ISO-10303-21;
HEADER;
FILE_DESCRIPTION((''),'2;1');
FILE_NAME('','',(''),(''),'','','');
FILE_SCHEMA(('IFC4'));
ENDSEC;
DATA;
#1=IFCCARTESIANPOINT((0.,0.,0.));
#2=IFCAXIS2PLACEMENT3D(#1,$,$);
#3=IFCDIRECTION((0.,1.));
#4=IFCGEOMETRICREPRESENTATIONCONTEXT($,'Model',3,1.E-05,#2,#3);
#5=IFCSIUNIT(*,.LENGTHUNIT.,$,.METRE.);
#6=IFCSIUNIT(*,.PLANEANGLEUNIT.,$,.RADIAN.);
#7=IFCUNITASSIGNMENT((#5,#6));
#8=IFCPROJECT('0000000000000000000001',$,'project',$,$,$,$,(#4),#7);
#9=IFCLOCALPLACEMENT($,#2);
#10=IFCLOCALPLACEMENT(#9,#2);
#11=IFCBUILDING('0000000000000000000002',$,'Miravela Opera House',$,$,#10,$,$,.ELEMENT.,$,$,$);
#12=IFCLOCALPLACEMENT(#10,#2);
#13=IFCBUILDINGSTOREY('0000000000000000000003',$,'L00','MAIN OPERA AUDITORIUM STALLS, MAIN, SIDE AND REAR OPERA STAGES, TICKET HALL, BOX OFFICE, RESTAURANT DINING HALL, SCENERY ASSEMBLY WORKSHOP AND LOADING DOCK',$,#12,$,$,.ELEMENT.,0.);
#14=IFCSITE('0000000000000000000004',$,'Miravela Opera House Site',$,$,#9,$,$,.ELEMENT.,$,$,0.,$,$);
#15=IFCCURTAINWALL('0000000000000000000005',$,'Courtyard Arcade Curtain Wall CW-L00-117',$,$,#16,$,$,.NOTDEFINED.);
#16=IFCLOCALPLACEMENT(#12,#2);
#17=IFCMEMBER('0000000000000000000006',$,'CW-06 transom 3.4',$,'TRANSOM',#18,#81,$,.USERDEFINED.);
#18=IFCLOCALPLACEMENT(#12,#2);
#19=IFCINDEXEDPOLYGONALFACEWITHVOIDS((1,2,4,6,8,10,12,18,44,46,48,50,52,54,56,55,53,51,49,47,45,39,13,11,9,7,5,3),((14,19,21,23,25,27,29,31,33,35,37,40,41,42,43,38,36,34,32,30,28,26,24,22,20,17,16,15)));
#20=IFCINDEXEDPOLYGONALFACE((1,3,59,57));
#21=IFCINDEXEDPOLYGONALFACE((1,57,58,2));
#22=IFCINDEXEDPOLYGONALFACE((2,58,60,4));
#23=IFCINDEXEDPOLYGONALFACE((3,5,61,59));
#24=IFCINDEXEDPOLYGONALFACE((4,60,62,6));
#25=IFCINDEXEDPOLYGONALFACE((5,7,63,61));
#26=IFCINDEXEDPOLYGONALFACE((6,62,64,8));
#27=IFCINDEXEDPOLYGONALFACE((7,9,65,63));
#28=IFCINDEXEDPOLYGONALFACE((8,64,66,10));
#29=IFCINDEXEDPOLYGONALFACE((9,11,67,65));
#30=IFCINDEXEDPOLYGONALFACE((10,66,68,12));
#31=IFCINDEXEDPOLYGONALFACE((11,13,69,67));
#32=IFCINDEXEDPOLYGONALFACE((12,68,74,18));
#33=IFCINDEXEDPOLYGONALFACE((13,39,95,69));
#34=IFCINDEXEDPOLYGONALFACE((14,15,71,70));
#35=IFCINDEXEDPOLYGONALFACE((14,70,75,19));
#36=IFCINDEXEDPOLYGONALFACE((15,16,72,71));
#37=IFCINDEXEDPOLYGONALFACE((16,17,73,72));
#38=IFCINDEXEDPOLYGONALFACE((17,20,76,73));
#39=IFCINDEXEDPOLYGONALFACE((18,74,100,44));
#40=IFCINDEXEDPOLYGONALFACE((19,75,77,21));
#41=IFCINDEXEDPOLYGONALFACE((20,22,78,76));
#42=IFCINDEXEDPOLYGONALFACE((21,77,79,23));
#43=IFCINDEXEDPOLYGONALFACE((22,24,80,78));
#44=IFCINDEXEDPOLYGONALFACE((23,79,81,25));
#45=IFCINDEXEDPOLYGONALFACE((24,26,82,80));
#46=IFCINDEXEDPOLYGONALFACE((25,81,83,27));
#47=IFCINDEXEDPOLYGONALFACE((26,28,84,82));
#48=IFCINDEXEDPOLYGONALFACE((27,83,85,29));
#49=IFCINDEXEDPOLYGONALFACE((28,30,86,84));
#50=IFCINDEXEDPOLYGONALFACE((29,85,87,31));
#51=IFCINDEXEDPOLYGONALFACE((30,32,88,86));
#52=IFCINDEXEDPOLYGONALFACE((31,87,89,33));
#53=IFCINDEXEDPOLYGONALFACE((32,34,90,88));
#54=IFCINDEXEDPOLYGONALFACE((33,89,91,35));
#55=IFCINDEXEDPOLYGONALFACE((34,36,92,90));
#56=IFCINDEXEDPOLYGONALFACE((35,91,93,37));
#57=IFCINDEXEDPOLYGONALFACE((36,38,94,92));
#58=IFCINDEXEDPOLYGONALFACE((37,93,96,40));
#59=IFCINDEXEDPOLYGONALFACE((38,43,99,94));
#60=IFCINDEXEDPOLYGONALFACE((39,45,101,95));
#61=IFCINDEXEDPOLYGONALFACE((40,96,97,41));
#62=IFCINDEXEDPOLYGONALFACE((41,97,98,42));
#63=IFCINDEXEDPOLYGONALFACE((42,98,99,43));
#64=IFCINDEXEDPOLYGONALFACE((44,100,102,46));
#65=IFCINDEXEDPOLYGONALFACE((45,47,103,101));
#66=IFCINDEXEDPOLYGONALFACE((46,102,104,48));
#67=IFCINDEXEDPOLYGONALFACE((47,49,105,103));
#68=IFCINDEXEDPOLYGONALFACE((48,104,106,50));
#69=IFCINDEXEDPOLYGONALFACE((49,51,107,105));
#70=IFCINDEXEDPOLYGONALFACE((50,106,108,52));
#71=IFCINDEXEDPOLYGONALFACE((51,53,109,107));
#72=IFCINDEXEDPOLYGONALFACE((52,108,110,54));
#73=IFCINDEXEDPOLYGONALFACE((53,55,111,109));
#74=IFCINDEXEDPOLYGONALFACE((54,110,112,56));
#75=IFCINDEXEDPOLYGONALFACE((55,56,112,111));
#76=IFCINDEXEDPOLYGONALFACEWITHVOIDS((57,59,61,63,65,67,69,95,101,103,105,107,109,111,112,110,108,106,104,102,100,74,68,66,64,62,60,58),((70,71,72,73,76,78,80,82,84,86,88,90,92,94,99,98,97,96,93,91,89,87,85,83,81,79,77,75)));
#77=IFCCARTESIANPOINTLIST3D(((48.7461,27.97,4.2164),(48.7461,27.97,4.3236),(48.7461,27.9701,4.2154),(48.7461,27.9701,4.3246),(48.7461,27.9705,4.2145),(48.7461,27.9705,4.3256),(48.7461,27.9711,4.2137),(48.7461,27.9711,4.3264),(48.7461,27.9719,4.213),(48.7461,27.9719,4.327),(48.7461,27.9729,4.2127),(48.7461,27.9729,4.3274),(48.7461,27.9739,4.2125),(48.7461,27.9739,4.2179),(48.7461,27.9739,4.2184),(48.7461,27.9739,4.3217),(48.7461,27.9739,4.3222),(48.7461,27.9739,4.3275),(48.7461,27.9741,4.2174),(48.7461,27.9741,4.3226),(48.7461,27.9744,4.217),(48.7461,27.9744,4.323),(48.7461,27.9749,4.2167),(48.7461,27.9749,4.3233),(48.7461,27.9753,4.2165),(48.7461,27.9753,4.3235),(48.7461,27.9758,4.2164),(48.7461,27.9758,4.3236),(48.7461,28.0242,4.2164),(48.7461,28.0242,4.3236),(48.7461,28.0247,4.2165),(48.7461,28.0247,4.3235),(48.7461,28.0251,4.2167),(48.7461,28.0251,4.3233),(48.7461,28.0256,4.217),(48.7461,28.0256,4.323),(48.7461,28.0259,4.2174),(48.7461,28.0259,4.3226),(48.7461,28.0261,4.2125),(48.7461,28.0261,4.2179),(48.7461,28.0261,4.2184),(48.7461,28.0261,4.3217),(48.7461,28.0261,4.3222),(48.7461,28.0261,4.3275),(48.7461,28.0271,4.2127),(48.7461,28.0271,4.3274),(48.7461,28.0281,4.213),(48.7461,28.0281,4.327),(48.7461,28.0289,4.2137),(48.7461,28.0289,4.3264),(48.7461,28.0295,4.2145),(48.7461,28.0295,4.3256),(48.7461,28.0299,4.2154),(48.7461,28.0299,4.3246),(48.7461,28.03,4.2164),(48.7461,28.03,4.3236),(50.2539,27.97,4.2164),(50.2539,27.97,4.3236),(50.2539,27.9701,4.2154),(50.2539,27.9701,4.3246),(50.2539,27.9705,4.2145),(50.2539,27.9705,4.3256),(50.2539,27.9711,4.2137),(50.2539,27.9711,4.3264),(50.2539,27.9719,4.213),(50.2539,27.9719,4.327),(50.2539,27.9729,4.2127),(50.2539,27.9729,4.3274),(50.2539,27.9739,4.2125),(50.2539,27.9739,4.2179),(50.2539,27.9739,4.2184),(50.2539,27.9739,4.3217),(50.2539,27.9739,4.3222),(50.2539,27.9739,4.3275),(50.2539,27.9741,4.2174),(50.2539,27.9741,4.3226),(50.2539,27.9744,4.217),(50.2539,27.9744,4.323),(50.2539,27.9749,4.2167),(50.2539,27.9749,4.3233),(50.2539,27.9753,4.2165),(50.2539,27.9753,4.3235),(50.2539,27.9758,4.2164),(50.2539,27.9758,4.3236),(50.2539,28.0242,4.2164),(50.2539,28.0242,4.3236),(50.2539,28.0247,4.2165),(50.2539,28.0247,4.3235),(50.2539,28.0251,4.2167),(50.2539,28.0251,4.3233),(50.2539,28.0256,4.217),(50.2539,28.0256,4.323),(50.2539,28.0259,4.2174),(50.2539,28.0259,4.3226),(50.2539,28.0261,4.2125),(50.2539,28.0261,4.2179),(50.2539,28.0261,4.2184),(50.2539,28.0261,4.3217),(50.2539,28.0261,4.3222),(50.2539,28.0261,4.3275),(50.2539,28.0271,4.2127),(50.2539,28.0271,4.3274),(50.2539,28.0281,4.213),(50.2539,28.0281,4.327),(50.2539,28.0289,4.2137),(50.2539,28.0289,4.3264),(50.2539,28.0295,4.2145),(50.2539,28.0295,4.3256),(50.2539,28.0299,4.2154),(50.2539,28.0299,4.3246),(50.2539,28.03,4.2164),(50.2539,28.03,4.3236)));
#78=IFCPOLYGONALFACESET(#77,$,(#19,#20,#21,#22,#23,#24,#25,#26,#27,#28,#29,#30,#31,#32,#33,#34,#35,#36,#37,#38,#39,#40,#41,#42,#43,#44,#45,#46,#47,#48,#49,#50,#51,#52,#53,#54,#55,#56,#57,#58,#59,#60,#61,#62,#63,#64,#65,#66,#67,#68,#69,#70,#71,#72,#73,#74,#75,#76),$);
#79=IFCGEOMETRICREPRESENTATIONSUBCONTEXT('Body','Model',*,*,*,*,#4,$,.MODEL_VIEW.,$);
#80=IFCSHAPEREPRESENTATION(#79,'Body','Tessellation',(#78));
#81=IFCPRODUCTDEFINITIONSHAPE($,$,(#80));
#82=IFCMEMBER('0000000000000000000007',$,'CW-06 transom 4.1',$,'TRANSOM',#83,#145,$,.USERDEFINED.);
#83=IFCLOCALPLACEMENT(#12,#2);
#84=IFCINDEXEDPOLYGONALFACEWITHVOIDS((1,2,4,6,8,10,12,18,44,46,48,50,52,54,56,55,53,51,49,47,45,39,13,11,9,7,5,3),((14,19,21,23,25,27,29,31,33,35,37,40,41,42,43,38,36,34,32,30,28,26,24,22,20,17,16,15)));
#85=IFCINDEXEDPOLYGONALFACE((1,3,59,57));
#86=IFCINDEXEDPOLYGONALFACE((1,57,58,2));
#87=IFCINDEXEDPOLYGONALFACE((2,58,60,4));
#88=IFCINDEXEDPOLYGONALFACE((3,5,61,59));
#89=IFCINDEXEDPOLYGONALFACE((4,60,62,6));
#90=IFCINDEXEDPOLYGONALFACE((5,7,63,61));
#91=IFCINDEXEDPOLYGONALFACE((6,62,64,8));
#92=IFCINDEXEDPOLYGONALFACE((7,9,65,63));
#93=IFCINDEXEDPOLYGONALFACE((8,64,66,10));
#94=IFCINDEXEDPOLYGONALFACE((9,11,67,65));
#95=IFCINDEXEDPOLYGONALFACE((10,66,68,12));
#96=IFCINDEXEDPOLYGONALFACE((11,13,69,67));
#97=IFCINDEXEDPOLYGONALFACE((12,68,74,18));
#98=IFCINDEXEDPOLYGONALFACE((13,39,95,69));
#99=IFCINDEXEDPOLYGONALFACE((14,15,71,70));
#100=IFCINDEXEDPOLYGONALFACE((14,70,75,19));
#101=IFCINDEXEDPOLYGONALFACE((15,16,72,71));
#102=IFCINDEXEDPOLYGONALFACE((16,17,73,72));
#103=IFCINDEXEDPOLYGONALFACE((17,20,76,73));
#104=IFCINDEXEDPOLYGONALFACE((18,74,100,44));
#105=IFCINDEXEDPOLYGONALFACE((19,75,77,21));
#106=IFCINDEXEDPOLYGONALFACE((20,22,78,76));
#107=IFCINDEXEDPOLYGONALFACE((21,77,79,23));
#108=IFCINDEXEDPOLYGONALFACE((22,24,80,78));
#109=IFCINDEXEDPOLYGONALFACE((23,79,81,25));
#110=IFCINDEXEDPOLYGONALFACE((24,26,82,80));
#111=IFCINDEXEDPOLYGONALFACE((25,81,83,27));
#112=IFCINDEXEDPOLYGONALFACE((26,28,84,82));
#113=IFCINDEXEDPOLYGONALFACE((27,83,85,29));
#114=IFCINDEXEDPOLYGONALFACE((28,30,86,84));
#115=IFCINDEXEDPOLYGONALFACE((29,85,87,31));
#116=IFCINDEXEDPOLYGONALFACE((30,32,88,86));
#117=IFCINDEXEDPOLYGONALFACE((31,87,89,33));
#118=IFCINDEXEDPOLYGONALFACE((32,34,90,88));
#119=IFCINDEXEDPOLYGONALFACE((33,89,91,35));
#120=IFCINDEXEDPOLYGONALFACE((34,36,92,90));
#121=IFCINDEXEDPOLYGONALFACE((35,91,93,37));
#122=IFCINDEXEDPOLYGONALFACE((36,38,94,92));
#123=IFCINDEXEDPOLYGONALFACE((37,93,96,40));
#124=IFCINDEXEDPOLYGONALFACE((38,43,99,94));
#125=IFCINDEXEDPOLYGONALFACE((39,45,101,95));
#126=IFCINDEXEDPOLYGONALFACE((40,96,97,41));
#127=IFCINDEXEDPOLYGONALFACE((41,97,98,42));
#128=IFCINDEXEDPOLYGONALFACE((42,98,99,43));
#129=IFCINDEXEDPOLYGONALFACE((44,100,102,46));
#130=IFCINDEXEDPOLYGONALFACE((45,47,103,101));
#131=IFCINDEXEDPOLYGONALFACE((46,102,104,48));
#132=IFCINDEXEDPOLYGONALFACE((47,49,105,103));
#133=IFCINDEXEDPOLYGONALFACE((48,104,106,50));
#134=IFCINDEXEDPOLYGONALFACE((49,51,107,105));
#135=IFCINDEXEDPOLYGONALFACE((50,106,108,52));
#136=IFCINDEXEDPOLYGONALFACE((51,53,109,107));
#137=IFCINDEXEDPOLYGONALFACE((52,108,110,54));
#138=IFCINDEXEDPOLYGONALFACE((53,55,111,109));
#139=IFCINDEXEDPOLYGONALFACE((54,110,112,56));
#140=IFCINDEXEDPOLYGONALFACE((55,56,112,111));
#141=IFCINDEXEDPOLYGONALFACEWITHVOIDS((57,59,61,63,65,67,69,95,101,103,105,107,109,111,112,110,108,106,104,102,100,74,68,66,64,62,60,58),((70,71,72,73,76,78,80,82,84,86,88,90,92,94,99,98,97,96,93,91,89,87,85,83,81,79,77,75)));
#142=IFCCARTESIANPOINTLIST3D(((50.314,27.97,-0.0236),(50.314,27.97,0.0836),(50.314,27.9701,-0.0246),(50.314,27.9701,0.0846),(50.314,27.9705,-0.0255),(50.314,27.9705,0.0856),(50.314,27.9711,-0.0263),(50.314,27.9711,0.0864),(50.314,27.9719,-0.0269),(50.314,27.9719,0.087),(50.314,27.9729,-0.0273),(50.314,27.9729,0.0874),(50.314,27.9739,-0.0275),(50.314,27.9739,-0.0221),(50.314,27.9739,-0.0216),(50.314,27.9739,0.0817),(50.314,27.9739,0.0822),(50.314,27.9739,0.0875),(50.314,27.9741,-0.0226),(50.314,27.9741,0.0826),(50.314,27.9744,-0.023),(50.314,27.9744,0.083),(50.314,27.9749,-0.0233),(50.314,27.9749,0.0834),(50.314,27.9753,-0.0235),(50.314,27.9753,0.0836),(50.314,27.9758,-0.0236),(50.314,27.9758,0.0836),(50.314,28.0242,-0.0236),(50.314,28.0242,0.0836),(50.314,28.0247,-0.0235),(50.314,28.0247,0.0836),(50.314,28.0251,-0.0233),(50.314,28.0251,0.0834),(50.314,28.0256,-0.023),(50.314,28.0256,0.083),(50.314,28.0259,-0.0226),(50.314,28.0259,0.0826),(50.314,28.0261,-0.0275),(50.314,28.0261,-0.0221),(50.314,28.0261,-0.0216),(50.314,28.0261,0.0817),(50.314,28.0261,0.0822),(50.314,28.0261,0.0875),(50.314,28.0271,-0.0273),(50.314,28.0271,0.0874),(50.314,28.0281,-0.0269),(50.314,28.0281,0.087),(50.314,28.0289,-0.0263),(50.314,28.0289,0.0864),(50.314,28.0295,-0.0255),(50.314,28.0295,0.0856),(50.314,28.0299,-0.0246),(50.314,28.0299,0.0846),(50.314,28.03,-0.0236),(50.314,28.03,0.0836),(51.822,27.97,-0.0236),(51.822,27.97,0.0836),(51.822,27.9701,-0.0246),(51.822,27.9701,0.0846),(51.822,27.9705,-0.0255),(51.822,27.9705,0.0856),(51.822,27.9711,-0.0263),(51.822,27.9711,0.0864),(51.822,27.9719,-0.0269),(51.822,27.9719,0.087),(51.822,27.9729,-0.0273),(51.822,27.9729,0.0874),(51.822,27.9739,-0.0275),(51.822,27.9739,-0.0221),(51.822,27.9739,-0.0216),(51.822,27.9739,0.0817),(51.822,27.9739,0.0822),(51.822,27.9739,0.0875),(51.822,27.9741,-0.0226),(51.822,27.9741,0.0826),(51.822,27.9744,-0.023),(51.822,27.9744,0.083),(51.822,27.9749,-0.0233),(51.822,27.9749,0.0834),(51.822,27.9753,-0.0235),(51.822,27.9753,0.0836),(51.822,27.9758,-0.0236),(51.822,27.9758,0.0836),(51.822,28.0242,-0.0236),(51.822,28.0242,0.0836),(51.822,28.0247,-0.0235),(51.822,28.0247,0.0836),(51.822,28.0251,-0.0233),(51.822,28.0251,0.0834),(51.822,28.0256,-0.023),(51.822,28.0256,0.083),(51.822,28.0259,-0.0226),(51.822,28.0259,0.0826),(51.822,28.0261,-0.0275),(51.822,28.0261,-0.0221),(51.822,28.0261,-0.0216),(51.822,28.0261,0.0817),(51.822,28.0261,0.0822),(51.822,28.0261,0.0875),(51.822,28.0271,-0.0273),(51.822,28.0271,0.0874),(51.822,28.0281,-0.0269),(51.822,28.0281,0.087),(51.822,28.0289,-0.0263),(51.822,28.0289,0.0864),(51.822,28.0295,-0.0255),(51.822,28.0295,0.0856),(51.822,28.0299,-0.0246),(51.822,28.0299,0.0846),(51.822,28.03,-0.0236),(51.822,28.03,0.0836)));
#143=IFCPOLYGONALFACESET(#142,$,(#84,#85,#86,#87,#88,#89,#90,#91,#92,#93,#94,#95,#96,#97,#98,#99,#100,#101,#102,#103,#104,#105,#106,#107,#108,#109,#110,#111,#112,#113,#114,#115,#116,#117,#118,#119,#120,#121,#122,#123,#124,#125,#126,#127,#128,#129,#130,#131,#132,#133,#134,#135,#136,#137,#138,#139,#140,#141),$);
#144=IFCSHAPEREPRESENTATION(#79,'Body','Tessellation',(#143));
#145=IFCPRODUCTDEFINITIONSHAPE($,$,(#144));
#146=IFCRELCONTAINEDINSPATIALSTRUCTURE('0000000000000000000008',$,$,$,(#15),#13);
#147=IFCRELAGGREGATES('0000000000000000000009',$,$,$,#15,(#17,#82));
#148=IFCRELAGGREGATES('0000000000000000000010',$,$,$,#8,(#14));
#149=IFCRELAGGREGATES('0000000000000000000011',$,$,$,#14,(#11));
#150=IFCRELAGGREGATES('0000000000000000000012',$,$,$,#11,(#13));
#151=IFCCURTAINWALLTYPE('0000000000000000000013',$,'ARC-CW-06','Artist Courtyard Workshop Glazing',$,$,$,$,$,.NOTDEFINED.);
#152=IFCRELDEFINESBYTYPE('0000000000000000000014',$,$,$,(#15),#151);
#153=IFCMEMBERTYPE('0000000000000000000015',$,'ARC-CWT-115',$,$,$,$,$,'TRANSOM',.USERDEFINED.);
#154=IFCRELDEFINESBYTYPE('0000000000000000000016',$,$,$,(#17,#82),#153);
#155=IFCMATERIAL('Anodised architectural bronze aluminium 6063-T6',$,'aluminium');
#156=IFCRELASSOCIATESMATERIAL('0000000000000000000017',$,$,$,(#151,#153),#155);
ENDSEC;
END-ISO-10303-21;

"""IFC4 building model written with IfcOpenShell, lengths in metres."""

from ifc_helpers import new_model, si_unit, direction, frame, origin, origin_2d, place, context, subcontext, project, spatial, hollow_rectangle, extrude, material, material_profile, profile_set, type_object, element, aggregate, save


model = new_model("IFC4")

# Units and contexts
model_context = context("Model", 3, precision=1e-05, world=origin(), true_north=direction((0.0, 1.0)))
body_context = subcontext(model_context, "Body", "Model", "MODEL_VIEW")
ifc_project = project(units=[si_unit("LENGTHUNIT", "METRE"), si_unit("PLANEANGLEUNIT", "RADIAN")], contexts=[model_context])

# Site, building, storey
site_placement = place(None, origin())
site = spatial("IfcSite", under=ifc_project, at=site_placement, Name="Miravela Opera House Site", CompositionType="ELEMENT", RefElevation=0.0)
building_placement = place(site_placement, origin())
building = spatial("IfcBuilding", under=site, at=building_placement, Name="Miravela Opera House", CompositionType="ELEMENT")
storey_placement = place(building_placement, origin())
storey = spatial("IfcBuildingStorey", under=building, at=storey_placement, Name="L00", Description="MAIN OPERA AUDITORIUM STALLS, MAIN, SIDE AND REAR OPERA STAGES, TICKET HALL, BOX OFFICE, RESTAURANT DINING HALL, SCENERY ASSEMBLY WORKSHOP AND LOADING DOCK", CompositionType="ELEMENT", Elevation=0.0)

# Curtain wall, members
ifc_material_1 = material(Name="Anodised architectural bronze aluminium 6063-T6", Category="aluminium")
curtain_wall_type = type_object("IfcCurtainWallType", Name="ARC-CW-06", Description="Artist Courtyard Workshop Glazing", PredefinedType="NOTDEFINED", material=ifc_material_1)
curtain_wall_placement = place(storey_placement, origin())
curtain_wall = element("IfcCurtainWall", 1, at=curtain_wall_placement, inside=storey, type_object=curtain_wall_type, Name="Courtyard Arcade Curtain Wall CW-L00-117", PredefinedType="NOTDEFINED")
ifc_material_profile_1 = material_profile(ifc_material_1, hollow_rectangle(XDim=0.0601, YDim=0.115, WallThickness=0.0039, InnerFilletRadius=0.002, OuterFilletRadius=0.0039, at=origin_2d()), Name="CWT-60X115")
ifc_profile_set_1 = profile_set([ifc_material_profile_1])
member_type_1 = type_object("IfcMemberType", Name="ARC-CWT-115", ElementType="TRANSOM", PredefinedType="USERDEFINED", material=ifc_profile_set_1)
member_1_placement = place(storey_placement, frame((48.7461, 28.0, 4.27), z_axis=(1.0, 0.0, 0.0), x_axis=(0.0, 1.0, 0.0)))
member_1 = element("IfcMember", 2, at=member_1_placement, type_object=member_type_1, Name="CW-06 transom 3.4", ObjectType="TRANSOM", PredefinedType="USERDEFINED", context=body_context, shape_type="SweptSolid", body=[
    extrude(hollow_rectangle(XDim=0.0601, YDim=0.115, WallThickness=0.0039, InnerFilletRadius=0.002, OuterFilletRadius=0.0039, at=origin_2d()), origin(), (0.0, 0.0, 1.0), 1.5078),
])
member_2_placement = place(storey_placement, frame((50.314, 28.0, 0.03), z_axis=(1.0, 0.0, 0.0), x_axis=(0.0, 1.0, 0.0)))
member_2 = element("IfcMember", 3, at=member_2_placement, type_object=member_type_1, Name="CW-06 transom 4.1", ObjectType="TRANSOM", PredefinedType="USERDEFINED", context=body_context, shape_type="SweptSolid", body=[
    extrude(hollow_rectangle(XDim=0.0601, YDim=0.115, WallThickness=0.0039, InnerFilletRadius=0.002, OuterFilletRadius=0.0039, at=origin_2d()), origin(), (0.0, 0.0, 1.0), 1.5081),
])
aggregate(curtain_wall, [member_1, member_2])

save(model, "model.ifc")
